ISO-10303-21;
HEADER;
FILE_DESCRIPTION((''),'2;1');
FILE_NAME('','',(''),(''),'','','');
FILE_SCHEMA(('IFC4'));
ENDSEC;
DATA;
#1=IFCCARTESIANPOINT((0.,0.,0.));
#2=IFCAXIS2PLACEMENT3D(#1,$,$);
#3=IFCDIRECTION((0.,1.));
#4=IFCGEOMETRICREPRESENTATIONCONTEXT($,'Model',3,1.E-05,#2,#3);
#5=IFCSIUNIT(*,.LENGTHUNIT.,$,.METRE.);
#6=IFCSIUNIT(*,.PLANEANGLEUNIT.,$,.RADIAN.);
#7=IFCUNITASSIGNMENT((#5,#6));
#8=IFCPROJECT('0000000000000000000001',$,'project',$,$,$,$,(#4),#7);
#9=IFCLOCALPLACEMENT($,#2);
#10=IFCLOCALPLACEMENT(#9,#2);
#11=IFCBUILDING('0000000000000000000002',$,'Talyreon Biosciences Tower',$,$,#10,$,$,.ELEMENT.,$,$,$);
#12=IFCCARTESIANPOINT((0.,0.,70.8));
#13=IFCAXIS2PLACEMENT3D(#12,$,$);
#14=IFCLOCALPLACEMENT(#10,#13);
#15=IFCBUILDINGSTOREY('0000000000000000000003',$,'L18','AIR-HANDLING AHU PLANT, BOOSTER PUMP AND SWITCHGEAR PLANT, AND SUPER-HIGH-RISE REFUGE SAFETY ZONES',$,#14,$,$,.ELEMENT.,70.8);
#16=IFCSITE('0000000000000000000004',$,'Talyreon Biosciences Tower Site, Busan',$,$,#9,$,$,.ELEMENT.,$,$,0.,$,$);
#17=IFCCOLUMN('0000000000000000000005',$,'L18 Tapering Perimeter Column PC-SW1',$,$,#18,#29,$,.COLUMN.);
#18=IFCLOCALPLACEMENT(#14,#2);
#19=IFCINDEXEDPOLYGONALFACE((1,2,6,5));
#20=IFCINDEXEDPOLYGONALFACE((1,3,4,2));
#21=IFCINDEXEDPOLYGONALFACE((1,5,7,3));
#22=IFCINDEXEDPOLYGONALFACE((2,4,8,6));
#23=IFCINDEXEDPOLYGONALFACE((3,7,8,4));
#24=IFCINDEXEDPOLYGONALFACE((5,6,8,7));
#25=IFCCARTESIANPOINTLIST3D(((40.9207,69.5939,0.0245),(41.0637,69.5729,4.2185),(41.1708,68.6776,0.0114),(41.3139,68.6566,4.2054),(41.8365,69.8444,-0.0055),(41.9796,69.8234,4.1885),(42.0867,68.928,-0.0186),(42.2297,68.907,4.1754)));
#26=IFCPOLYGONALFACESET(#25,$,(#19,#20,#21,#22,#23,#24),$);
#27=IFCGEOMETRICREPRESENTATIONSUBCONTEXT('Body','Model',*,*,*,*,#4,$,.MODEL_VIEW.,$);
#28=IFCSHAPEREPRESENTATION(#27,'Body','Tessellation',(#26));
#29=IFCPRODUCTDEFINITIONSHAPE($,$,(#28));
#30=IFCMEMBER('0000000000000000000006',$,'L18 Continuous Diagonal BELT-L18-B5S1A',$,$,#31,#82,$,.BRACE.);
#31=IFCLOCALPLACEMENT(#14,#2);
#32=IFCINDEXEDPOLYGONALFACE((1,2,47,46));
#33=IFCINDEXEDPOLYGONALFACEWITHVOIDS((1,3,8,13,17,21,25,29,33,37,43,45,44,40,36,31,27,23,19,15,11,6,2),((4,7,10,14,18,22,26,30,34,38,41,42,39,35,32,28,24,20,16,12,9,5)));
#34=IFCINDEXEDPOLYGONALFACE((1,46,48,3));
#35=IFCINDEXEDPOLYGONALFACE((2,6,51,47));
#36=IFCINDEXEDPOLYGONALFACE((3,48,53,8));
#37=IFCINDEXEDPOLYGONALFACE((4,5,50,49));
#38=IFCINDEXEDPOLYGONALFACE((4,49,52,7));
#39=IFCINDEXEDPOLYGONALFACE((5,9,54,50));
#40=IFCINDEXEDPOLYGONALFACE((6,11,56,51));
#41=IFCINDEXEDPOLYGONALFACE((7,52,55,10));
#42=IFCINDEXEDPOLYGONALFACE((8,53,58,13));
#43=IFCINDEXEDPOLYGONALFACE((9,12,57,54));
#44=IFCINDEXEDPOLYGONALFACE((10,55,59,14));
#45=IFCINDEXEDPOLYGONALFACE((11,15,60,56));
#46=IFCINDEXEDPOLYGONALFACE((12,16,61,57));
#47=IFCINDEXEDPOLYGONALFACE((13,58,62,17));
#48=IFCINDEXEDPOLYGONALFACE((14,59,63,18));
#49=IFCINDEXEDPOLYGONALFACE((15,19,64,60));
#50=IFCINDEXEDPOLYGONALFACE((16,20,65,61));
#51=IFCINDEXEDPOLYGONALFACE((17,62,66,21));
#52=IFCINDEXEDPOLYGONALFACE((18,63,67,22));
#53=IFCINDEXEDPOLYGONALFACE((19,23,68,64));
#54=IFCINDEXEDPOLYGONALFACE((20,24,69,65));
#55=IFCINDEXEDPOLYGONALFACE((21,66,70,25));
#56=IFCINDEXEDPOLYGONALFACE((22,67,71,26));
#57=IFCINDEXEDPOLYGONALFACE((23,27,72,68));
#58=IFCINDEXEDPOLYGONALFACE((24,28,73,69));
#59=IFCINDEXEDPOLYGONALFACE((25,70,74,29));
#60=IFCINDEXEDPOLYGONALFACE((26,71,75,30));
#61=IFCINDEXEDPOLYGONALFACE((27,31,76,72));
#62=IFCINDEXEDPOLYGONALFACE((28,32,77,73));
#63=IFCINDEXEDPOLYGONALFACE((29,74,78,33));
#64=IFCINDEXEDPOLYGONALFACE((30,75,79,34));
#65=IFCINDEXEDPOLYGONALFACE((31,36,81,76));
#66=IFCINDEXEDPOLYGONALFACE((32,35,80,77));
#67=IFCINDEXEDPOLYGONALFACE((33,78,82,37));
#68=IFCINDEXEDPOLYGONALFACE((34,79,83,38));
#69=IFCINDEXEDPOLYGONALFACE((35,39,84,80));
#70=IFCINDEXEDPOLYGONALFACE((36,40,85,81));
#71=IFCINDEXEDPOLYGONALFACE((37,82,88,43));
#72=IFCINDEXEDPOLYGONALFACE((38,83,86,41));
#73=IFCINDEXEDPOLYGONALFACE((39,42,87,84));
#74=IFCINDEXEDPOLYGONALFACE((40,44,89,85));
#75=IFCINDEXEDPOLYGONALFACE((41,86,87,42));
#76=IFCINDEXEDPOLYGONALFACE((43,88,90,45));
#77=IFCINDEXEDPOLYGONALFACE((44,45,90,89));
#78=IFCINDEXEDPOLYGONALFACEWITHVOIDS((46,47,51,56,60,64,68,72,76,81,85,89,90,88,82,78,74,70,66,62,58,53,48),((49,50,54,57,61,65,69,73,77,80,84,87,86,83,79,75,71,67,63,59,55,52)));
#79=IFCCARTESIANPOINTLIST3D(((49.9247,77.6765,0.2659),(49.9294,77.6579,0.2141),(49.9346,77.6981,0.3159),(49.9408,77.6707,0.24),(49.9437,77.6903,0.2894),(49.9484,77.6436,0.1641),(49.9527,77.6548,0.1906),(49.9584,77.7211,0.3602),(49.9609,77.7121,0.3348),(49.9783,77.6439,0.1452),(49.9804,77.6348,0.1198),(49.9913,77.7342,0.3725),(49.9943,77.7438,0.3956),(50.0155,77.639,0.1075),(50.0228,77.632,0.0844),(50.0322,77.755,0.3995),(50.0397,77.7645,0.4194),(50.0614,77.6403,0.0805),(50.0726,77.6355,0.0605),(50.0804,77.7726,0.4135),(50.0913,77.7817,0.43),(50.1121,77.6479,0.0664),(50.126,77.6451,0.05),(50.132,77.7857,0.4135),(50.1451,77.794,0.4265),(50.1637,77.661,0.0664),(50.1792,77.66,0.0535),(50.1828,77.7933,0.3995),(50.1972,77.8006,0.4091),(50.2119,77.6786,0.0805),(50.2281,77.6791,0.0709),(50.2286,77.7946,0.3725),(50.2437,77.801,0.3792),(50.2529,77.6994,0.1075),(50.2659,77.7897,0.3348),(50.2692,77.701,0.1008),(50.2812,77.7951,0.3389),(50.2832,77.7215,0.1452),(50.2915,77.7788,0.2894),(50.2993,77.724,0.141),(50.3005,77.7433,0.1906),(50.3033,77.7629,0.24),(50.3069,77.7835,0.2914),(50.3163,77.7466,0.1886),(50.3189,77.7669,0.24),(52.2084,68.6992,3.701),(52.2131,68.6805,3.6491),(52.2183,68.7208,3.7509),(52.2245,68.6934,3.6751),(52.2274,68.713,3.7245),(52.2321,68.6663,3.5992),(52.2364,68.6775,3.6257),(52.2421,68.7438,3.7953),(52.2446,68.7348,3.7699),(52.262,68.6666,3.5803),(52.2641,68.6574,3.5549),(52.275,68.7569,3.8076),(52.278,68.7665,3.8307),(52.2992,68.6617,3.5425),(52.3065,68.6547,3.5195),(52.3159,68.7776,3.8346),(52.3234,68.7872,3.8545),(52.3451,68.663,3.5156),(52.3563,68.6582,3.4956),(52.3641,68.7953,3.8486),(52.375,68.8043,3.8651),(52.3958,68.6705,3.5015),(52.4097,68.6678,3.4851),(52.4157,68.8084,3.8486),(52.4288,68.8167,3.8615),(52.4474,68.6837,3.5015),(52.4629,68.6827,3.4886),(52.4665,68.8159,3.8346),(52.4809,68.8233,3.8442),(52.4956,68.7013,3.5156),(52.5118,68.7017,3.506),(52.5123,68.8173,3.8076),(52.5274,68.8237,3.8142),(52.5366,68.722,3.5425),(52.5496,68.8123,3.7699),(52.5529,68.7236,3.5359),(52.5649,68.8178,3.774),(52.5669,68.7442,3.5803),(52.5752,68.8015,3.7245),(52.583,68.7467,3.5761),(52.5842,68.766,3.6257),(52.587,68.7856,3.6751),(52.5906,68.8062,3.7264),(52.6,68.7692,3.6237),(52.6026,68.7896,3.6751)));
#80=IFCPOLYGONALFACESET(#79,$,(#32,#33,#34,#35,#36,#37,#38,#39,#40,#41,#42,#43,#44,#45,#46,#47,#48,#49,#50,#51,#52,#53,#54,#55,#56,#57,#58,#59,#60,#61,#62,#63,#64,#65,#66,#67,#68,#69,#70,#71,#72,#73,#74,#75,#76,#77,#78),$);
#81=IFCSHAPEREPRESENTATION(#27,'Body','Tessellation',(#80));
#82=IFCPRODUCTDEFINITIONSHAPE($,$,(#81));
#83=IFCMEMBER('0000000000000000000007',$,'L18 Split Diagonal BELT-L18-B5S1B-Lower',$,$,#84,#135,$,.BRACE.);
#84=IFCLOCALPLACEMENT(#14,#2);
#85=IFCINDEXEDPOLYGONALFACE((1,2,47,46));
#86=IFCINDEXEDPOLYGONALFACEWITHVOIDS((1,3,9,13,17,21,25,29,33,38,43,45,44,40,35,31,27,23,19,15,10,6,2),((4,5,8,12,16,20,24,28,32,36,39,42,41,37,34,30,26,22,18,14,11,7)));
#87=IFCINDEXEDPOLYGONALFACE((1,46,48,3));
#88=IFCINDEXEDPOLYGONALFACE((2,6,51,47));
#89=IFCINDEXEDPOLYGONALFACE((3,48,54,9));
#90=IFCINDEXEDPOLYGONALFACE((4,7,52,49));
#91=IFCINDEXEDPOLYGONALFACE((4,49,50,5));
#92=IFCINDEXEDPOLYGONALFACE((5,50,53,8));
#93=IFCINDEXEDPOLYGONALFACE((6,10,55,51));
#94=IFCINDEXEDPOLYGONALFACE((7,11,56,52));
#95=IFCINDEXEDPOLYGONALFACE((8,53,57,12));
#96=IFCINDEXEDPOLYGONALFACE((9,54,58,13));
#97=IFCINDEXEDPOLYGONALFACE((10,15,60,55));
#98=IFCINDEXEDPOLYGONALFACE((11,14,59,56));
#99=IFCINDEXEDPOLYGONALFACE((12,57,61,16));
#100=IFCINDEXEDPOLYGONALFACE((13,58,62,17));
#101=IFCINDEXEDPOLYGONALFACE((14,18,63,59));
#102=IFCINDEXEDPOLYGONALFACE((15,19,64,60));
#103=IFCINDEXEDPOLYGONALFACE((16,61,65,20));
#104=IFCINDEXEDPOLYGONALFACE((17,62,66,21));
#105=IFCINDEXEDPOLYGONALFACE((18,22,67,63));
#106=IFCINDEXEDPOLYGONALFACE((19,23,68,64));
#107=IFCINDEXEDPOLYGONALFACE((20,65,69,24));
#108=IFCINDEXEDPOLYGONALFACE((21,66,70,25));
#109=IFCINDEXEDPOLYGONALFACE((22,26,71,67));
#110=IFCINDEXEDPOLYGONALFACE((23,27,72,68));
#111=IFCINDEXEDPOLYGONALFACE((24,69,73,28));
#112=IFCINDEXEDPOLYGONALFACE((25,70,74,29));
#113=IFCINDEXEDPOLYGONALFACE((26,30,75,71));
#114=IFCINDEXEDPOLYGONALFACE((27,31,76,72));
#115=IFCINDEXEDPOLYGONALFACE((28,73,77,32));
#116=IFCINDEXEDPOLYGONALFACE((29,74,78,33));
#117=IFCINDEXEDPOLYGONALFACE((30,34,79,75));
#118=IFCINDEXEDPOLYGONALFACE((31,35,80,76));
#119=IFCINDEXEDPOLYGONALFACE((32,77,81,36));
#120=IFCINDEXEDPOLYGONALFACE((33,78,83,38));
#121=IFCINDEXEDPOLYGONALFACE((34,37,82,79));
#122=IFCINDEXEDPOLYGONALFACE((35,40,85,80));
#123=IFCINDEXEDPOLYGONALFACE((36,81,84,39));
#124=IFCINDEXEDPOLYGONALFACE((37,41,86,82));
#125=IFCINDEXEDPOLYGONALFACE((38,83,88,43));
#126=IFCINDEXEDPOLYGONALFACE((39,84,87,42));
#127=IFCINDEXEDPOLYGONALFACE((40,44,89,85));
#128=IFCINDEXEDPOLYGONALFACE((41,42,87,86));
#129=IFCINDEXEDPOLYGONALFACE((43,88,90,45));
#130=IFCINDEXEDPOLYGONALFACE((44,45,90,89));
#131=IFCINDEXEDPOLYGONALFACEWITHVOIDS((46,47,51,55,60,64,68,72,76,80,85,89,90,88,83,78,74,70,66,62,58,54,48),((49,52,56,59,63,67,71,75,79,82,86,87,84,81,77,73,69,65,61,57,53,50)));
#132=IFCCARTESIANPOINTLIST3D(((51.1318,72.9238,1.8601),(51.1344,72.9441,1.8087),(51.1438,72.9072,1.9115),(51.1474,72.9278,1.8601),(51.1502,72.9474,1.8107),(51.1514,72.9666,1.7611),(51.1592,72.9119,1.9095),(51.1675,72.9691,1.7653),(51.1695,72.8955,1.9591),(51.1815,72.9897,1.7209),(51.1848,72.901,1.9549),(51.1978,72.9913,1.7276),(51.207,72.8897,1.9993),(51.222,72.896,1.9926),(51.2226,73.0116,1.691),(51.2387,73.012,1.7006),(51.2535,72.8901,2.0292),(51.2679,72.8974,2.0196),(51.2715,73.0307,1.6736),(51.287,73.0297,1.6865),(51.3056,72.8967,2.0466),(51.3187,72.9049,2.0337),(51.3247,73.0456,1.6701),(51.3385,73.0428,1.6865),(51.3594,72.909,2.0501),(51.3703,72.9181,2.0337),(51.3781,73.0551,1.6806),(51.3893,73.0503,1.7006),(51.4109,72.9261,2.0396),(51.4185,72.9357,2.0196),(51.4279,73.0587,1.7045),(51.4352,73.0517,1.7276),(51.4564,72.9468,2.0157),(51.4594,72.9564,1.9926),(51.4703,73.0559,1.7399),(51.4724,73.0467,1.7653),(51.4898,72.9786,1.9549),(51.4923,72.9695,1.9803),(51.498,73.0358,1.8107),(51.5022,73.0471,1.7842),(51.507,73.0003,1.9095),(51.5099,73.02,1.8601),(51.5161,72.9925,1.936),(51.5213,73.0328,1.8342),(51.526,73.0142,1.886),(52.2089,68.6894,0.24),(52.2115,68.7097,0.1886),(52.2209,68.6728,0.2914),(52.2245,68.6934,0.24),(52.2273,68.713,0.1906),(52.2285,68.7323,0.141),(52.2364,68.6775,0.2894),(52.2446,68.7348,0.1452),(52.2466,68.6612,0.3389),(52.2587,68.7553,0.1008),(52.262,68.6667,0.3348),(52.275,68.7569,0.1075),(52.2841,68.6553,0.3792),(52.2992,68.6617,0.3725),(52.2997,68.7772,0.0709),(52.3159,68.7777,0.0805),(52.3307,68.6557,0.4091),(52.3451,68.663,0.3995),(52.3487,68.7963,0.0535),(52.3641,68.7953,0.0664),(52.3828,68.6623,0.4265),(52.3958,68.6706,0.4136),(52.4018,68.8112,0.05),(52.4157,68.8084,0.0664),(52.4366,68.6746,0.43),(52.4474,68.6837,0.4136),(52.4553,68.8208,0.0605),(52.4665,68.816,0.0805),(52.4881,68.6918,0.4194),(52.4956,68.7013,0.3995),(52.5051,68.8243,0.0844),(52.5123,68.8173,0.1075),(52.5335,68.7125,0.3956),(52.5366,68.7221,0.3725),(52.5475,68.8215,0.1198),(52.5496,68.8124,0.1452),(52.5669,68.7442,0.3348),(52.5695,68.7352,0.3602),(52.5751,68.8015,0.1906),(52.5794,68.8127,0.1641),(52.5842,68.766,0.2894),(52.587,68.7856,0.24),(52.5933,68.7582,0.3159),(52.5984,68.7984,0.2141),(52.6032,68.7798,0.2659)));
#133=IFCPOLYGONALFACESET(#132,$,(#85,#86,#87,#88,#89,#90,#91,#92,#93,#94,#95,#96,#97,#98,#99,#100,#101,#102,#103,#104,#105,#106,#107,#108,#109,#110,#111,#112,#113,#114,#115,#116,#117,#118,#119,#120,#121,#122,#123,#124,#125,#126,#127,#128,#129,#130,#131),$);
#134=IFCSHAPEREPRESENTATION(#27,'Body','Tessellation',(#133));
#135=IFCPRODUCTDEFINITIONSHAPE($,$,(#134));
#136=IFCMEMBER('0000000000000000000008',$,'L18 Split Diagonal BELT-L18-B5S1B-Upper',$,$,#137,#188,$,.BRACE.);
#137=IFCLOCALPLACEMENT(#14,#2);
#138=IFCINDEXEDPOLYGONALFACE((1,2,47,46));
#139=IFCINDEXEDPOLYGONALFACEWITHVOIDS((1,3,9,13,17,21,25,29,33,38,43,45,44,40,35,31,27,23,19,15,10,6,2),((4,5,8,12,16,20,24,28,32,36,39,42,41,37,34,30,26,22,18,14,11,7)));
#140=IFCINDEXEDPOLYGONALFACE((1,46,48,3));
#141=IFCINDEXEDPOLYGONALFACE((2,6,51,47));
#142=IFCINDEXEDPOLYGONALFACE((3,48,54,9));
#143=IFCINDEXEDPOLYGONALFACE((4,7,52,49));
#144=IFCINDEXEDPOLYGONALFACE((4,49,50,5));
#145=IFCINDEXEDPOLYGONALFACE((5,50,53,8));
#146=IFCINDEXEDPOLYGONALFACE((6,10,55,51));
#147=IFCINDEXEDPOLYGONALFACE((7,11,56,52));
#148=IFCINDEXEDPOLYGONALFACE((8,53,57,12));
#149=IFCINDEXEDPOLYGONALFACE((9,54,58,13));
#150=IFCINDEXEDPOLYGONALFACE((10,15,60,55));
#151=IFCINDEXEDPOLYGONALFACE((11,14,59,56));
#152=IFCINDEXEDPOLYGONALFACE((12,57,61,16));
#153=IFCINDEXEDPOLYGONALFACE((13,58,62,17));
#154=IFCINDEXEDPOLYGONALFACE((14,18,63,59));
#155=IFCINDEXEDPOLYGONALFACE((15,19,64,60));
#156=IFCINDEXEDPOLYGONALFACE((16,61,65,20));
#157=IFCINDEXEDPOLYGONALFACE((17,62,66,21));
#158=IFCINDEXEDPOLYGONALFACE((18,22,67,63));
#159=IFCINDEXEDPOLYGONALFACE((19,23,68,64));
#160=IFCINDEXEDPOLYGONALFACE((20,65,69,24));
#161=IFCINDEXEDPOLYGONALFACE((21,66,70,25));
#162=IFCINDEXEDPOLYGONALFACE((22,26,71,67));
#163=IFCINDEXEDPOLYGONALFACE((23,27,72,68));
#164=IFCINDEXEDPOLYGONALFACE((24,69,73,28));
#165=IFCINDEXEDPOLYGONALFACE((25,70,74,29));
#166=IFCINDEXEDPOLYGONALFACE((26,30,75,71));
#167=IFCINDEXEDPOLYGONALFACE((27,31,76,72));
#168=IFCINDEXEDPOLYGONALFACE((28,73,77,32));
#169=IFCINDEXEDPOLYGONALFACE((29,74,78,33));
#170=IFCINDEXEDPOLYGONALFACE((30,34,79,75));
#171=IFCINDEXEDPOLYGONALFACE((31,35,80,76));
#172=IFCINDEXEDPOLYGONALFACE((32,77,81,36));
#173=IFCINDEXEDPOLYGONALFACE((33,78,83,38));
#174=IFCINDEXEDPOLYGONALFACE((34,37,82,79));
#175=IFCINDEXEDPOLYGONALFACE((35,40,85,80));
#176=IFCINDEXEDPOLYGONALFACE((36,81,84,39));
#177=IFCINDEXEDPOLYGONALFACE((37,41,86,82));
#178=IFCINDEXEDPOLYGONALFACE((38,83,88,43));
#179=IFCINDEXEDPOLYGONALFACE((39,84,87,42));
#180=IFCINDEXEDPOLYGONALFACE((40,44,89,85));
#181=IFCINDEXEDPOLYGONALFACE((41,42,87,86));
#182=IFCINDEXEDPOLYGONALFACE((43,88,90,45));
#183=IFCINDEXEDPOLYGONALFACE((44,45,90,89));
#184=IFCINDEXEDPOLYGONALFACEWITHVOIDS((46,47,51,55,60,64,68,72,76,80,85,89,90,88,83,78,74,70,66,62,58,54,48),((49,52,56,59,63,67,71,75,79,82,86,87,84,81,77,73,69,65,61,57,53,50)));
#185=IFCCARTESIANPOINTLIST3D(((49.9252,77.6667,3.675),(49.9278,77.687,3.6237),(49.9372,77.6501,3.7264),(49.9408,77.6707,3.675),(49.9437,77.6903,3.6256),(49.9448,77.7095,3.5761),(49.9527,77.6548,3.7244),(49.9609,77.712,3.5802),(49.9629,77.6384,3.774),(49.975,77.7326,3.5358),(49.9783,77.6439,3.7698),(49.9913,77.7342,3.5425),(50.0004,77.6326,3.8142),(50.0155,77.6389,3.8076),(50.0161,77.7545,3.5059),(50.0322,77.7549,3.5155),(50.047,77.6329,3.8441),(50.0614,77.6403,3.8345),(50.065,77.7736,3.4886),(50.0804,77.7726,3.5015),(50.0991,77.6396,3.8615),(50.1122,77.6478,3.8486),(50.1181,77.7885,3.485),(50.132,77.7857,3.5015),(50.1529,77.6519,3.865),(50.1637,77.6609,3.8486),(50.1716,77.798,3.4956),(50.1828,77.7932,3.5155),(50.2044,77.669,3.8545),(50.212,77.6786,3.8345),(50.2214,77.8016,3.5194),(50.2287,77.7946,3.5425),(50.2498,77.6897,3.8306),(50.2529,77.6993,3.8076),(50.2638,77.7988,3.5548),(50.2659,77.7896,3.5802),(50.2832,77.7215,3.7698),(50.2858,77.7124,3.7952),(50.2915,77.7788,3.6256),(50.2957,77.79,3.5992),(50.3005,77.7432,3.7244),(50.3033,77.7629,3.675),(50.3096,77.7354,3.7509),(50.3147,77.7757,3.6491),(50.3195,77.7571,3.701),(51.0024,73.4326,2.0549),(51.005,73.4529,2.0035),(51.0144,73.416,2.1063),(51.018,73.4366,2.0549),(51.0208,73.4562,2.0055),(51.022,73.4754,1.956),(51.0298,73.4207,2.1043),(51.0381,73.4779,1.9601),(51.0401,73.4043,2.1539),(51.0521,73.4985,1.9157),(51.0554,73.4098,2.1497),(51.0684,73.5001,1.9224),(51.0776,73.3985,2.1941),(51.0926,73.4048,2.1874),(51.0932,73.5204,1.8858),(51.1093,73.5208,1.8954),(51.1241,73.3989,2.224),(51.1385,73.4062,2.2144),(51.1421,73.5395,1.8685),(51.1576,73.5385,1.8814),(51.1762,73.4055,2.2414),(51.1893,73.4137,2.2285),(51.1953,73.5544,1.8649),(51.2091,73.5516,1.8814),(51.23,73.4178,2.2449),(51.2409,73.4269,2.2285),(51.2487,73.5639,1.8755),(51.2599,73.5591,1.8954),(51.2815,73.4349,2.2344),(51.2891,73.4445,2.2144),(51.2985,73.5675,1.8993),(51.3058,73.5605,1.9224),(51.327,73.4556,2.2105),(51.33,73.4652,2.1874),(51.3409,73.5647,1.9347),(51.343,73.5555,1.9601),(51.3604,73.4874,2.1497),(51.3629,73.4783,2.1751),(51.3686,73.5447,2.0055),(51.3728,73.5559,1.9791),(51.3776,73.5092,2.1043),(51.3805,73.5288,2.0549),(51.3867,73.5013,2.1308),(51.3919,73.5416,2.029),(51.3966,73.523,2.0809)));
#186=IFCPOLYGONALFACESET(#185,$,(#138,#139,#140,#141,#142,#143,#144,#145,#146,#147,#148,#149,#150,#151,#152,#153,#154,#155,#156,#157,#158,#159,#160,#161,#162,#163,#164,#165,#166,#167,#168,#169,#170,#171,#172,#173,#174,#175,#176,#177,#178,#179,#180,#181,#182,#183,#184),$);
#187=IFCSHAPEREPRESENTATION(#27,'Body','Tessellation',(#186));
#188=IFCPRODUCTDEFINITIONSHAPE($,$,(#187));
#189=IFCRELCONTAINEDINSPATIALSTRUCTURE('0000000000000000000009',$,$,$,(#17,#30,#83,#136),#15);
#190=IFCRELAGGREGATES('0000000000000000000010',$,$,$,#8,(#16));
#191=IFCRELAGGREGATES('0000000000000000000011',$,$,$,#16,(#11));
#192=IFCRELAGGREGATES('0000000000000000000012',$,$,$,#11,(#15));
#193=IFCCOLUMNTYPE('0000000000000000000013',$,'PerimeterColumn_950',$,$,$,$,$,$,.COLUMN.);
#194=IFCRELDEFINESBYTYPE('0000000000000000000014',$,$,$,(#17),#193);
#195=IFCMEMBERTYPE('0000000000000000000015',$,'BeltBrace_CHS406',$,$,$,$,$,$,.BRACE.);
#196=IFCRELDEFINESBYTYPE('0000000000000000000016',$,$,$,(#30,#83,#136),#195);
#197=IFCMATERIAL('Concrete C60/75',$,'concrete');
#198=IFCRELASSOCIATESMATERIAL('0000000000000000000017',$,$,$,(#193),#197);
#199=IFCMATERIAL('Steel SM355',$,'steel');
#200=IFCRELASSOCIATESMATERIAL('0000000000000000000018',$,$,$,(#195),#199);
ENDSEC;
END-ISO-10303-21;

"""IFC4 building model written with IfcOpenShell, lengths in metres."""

from ifc_helpers import new_model, si_unit, direction, frame, origin, origin_2d, place, context, subcontext, project, spatial, rectangle, hollow_circle, extrude, material, material_profile, profile_set, type_object, element, save


model = new_model("IFC4")

# Units and contexts
model_context = context("Model", 3, precision=1e-05, world=origin(), true_north=direction((0.0, 1.0)))
body_context = subcontext(model_context, "Body", "Model", "MODEL_VIEW")
ifc_project = project(units=[si_unit("LENGTHUNIT", "METRE"), si_unit("PLANEANGLEUNIT", "RADIAN")], contexts=[model_context])

# Site, building, storey
site_placement = place(None, origin())
site = spatial("IfcSite", under=ifc_project, at=site_placement, Name="Talyreon Biosciences Tower Site, Busan", CompositionType="ELEMENT", RefElevation=0.0)
building_placement = place(site_placement, origin())
building = spatial("IfcBuilding", under=site, at=building_placement, Name="Talyreon Biosciences Tower", CompositionType="ELEMENT")
storey_placement = place(building_placement, frame((0.0, 0.0, 70.8)))
storey = spatial("IfcBuildingStorey", under=building, at=storey_placement, Name="L18", Description="AIR-HANDLING AHU PLANT, BOOSTER PUMP AND SWITCHGEAR PLANT, AND SUPER-HIGH-RISE REFUGE SAFETY ZONES", CompositionType="ELEMENT", Elevation=70.8)

# Column
ifc_material_1 = material(Name="Concrete C60/75", Category="concrete")
ifc_material_profile_1 = material_profile(ifc_material_1, rectangle(XDim=0.95, YDim=0.95, at=origin_2d()), Name="RC 950x950")
ifc_profile_set_1 = profile_set([ifc_material_profile_1], Name="Concrete C60/75")
column_type = type_object("IfcColumnType", Name="PerimeterColumn_950", PredefinedType="COLUMN", material=ifc_profile_set_1)
column_placement = place(storey_placement, frame((41.5037, 69.261, 0.0029), z_axis=(0.034091, -0.005003, 0.999406), x_axis=(0.964107, 0.263632, -0.031567)))
element("IfcColumn", 1, at=column_placement, inside=storey, type_object=column_type, Name="L18 Tapering Perimeter Column PC-SW1", PredefinedType="COLUMN", context=body_context, shape_type="SweptSolid", body=[
    extrude(rectangle(XDim=0.95, YDim=0.95, at=origin_2d()), origin(), (0.0, 0.0, 1.0), 4.1965),
])

# Members
ifc_material_2 = material(Name="Steel SM355", Category="steel")
ifc_material_profile_2 = material_profile(ifc_material_2, hollow_circle(Radius=0.2031, WallThickness=0.0161, at=origin_2d()), Name="CHS 406.4x16")
ifc_profile_set_2 = profile_set([ifc_material_profile_2], Name="Steel SM355")
member_type_1 = type_object("IfcMemberType", Name="BeltBrace_CHS406", PredefinedType="BRACE", material=ifc_profile_set_2)
member_1_placement = place(storey_placement, frame((50.1221, 77.7168, 0.24), z_axis=(0.231152, -0.908669, 0.347692), x_axis=(0.969134, 0.246533, 0.0)))
element("IfcMember", 2, at=member_1_placement, inside=storey, type_object=member_type_1, Name="L18 Continuous Diagonal BELT-L18-B5S1A", PredefinedType="BRACE", context=body_context, shape_type="SweptSolid", body=[
    extrude(hollow_circle(Radius=0.2031, WallThickness=0.0161, at=origin_2d()), origin(), (0.0, 0.0, 1.0), 9.8796),
])
member_2_placement = place(storey_placement, frame((52.4058, 68.7395, 0.24), z_axis=(-0.231151, 0.908678, 0.34767), x_axis=(-0.969135, -0.24653, 0.0)))
element("IfcMember", 3, at=member_2_placement, inside=storey, type_object=member_type_1, Name="L18 Split Diagonal BELT-L18-B5S1B-Lower", PredefinedType="BRACE", context=body_context, shape_type="SweptSolid", body=[
    extrude(hollow_circle(Radius=0.2031, WallThickness=0.0161, at=origin_2d()), origin(), (0.0, 0.0, 1.0), 4.6599),
])
member_3_placement = place(storey_placement, frame((51.1992, 73.4827, 2.0549), z_axis=(-0.231162, 0.908668, 0.347686), x_axis=(-0.969132, -0.246544, 0.0)))
element("IfcMember", 4, at=member_3_placement, inside=storey, type_object=member_type_1, Name="L18 Split Diagonal BELT-L18-B5S1B-Upper", PredefinedType="BRACE", context=body_context, shape_type="SweptSolid", body=[
    extrude(hollow_circle(Radius=0.2031, WallThickness=0.0161, at=origin_2d()), origin(), (0.0, 0.0, 1.0), 4.6597),
])

save(model, "model.ifc")
